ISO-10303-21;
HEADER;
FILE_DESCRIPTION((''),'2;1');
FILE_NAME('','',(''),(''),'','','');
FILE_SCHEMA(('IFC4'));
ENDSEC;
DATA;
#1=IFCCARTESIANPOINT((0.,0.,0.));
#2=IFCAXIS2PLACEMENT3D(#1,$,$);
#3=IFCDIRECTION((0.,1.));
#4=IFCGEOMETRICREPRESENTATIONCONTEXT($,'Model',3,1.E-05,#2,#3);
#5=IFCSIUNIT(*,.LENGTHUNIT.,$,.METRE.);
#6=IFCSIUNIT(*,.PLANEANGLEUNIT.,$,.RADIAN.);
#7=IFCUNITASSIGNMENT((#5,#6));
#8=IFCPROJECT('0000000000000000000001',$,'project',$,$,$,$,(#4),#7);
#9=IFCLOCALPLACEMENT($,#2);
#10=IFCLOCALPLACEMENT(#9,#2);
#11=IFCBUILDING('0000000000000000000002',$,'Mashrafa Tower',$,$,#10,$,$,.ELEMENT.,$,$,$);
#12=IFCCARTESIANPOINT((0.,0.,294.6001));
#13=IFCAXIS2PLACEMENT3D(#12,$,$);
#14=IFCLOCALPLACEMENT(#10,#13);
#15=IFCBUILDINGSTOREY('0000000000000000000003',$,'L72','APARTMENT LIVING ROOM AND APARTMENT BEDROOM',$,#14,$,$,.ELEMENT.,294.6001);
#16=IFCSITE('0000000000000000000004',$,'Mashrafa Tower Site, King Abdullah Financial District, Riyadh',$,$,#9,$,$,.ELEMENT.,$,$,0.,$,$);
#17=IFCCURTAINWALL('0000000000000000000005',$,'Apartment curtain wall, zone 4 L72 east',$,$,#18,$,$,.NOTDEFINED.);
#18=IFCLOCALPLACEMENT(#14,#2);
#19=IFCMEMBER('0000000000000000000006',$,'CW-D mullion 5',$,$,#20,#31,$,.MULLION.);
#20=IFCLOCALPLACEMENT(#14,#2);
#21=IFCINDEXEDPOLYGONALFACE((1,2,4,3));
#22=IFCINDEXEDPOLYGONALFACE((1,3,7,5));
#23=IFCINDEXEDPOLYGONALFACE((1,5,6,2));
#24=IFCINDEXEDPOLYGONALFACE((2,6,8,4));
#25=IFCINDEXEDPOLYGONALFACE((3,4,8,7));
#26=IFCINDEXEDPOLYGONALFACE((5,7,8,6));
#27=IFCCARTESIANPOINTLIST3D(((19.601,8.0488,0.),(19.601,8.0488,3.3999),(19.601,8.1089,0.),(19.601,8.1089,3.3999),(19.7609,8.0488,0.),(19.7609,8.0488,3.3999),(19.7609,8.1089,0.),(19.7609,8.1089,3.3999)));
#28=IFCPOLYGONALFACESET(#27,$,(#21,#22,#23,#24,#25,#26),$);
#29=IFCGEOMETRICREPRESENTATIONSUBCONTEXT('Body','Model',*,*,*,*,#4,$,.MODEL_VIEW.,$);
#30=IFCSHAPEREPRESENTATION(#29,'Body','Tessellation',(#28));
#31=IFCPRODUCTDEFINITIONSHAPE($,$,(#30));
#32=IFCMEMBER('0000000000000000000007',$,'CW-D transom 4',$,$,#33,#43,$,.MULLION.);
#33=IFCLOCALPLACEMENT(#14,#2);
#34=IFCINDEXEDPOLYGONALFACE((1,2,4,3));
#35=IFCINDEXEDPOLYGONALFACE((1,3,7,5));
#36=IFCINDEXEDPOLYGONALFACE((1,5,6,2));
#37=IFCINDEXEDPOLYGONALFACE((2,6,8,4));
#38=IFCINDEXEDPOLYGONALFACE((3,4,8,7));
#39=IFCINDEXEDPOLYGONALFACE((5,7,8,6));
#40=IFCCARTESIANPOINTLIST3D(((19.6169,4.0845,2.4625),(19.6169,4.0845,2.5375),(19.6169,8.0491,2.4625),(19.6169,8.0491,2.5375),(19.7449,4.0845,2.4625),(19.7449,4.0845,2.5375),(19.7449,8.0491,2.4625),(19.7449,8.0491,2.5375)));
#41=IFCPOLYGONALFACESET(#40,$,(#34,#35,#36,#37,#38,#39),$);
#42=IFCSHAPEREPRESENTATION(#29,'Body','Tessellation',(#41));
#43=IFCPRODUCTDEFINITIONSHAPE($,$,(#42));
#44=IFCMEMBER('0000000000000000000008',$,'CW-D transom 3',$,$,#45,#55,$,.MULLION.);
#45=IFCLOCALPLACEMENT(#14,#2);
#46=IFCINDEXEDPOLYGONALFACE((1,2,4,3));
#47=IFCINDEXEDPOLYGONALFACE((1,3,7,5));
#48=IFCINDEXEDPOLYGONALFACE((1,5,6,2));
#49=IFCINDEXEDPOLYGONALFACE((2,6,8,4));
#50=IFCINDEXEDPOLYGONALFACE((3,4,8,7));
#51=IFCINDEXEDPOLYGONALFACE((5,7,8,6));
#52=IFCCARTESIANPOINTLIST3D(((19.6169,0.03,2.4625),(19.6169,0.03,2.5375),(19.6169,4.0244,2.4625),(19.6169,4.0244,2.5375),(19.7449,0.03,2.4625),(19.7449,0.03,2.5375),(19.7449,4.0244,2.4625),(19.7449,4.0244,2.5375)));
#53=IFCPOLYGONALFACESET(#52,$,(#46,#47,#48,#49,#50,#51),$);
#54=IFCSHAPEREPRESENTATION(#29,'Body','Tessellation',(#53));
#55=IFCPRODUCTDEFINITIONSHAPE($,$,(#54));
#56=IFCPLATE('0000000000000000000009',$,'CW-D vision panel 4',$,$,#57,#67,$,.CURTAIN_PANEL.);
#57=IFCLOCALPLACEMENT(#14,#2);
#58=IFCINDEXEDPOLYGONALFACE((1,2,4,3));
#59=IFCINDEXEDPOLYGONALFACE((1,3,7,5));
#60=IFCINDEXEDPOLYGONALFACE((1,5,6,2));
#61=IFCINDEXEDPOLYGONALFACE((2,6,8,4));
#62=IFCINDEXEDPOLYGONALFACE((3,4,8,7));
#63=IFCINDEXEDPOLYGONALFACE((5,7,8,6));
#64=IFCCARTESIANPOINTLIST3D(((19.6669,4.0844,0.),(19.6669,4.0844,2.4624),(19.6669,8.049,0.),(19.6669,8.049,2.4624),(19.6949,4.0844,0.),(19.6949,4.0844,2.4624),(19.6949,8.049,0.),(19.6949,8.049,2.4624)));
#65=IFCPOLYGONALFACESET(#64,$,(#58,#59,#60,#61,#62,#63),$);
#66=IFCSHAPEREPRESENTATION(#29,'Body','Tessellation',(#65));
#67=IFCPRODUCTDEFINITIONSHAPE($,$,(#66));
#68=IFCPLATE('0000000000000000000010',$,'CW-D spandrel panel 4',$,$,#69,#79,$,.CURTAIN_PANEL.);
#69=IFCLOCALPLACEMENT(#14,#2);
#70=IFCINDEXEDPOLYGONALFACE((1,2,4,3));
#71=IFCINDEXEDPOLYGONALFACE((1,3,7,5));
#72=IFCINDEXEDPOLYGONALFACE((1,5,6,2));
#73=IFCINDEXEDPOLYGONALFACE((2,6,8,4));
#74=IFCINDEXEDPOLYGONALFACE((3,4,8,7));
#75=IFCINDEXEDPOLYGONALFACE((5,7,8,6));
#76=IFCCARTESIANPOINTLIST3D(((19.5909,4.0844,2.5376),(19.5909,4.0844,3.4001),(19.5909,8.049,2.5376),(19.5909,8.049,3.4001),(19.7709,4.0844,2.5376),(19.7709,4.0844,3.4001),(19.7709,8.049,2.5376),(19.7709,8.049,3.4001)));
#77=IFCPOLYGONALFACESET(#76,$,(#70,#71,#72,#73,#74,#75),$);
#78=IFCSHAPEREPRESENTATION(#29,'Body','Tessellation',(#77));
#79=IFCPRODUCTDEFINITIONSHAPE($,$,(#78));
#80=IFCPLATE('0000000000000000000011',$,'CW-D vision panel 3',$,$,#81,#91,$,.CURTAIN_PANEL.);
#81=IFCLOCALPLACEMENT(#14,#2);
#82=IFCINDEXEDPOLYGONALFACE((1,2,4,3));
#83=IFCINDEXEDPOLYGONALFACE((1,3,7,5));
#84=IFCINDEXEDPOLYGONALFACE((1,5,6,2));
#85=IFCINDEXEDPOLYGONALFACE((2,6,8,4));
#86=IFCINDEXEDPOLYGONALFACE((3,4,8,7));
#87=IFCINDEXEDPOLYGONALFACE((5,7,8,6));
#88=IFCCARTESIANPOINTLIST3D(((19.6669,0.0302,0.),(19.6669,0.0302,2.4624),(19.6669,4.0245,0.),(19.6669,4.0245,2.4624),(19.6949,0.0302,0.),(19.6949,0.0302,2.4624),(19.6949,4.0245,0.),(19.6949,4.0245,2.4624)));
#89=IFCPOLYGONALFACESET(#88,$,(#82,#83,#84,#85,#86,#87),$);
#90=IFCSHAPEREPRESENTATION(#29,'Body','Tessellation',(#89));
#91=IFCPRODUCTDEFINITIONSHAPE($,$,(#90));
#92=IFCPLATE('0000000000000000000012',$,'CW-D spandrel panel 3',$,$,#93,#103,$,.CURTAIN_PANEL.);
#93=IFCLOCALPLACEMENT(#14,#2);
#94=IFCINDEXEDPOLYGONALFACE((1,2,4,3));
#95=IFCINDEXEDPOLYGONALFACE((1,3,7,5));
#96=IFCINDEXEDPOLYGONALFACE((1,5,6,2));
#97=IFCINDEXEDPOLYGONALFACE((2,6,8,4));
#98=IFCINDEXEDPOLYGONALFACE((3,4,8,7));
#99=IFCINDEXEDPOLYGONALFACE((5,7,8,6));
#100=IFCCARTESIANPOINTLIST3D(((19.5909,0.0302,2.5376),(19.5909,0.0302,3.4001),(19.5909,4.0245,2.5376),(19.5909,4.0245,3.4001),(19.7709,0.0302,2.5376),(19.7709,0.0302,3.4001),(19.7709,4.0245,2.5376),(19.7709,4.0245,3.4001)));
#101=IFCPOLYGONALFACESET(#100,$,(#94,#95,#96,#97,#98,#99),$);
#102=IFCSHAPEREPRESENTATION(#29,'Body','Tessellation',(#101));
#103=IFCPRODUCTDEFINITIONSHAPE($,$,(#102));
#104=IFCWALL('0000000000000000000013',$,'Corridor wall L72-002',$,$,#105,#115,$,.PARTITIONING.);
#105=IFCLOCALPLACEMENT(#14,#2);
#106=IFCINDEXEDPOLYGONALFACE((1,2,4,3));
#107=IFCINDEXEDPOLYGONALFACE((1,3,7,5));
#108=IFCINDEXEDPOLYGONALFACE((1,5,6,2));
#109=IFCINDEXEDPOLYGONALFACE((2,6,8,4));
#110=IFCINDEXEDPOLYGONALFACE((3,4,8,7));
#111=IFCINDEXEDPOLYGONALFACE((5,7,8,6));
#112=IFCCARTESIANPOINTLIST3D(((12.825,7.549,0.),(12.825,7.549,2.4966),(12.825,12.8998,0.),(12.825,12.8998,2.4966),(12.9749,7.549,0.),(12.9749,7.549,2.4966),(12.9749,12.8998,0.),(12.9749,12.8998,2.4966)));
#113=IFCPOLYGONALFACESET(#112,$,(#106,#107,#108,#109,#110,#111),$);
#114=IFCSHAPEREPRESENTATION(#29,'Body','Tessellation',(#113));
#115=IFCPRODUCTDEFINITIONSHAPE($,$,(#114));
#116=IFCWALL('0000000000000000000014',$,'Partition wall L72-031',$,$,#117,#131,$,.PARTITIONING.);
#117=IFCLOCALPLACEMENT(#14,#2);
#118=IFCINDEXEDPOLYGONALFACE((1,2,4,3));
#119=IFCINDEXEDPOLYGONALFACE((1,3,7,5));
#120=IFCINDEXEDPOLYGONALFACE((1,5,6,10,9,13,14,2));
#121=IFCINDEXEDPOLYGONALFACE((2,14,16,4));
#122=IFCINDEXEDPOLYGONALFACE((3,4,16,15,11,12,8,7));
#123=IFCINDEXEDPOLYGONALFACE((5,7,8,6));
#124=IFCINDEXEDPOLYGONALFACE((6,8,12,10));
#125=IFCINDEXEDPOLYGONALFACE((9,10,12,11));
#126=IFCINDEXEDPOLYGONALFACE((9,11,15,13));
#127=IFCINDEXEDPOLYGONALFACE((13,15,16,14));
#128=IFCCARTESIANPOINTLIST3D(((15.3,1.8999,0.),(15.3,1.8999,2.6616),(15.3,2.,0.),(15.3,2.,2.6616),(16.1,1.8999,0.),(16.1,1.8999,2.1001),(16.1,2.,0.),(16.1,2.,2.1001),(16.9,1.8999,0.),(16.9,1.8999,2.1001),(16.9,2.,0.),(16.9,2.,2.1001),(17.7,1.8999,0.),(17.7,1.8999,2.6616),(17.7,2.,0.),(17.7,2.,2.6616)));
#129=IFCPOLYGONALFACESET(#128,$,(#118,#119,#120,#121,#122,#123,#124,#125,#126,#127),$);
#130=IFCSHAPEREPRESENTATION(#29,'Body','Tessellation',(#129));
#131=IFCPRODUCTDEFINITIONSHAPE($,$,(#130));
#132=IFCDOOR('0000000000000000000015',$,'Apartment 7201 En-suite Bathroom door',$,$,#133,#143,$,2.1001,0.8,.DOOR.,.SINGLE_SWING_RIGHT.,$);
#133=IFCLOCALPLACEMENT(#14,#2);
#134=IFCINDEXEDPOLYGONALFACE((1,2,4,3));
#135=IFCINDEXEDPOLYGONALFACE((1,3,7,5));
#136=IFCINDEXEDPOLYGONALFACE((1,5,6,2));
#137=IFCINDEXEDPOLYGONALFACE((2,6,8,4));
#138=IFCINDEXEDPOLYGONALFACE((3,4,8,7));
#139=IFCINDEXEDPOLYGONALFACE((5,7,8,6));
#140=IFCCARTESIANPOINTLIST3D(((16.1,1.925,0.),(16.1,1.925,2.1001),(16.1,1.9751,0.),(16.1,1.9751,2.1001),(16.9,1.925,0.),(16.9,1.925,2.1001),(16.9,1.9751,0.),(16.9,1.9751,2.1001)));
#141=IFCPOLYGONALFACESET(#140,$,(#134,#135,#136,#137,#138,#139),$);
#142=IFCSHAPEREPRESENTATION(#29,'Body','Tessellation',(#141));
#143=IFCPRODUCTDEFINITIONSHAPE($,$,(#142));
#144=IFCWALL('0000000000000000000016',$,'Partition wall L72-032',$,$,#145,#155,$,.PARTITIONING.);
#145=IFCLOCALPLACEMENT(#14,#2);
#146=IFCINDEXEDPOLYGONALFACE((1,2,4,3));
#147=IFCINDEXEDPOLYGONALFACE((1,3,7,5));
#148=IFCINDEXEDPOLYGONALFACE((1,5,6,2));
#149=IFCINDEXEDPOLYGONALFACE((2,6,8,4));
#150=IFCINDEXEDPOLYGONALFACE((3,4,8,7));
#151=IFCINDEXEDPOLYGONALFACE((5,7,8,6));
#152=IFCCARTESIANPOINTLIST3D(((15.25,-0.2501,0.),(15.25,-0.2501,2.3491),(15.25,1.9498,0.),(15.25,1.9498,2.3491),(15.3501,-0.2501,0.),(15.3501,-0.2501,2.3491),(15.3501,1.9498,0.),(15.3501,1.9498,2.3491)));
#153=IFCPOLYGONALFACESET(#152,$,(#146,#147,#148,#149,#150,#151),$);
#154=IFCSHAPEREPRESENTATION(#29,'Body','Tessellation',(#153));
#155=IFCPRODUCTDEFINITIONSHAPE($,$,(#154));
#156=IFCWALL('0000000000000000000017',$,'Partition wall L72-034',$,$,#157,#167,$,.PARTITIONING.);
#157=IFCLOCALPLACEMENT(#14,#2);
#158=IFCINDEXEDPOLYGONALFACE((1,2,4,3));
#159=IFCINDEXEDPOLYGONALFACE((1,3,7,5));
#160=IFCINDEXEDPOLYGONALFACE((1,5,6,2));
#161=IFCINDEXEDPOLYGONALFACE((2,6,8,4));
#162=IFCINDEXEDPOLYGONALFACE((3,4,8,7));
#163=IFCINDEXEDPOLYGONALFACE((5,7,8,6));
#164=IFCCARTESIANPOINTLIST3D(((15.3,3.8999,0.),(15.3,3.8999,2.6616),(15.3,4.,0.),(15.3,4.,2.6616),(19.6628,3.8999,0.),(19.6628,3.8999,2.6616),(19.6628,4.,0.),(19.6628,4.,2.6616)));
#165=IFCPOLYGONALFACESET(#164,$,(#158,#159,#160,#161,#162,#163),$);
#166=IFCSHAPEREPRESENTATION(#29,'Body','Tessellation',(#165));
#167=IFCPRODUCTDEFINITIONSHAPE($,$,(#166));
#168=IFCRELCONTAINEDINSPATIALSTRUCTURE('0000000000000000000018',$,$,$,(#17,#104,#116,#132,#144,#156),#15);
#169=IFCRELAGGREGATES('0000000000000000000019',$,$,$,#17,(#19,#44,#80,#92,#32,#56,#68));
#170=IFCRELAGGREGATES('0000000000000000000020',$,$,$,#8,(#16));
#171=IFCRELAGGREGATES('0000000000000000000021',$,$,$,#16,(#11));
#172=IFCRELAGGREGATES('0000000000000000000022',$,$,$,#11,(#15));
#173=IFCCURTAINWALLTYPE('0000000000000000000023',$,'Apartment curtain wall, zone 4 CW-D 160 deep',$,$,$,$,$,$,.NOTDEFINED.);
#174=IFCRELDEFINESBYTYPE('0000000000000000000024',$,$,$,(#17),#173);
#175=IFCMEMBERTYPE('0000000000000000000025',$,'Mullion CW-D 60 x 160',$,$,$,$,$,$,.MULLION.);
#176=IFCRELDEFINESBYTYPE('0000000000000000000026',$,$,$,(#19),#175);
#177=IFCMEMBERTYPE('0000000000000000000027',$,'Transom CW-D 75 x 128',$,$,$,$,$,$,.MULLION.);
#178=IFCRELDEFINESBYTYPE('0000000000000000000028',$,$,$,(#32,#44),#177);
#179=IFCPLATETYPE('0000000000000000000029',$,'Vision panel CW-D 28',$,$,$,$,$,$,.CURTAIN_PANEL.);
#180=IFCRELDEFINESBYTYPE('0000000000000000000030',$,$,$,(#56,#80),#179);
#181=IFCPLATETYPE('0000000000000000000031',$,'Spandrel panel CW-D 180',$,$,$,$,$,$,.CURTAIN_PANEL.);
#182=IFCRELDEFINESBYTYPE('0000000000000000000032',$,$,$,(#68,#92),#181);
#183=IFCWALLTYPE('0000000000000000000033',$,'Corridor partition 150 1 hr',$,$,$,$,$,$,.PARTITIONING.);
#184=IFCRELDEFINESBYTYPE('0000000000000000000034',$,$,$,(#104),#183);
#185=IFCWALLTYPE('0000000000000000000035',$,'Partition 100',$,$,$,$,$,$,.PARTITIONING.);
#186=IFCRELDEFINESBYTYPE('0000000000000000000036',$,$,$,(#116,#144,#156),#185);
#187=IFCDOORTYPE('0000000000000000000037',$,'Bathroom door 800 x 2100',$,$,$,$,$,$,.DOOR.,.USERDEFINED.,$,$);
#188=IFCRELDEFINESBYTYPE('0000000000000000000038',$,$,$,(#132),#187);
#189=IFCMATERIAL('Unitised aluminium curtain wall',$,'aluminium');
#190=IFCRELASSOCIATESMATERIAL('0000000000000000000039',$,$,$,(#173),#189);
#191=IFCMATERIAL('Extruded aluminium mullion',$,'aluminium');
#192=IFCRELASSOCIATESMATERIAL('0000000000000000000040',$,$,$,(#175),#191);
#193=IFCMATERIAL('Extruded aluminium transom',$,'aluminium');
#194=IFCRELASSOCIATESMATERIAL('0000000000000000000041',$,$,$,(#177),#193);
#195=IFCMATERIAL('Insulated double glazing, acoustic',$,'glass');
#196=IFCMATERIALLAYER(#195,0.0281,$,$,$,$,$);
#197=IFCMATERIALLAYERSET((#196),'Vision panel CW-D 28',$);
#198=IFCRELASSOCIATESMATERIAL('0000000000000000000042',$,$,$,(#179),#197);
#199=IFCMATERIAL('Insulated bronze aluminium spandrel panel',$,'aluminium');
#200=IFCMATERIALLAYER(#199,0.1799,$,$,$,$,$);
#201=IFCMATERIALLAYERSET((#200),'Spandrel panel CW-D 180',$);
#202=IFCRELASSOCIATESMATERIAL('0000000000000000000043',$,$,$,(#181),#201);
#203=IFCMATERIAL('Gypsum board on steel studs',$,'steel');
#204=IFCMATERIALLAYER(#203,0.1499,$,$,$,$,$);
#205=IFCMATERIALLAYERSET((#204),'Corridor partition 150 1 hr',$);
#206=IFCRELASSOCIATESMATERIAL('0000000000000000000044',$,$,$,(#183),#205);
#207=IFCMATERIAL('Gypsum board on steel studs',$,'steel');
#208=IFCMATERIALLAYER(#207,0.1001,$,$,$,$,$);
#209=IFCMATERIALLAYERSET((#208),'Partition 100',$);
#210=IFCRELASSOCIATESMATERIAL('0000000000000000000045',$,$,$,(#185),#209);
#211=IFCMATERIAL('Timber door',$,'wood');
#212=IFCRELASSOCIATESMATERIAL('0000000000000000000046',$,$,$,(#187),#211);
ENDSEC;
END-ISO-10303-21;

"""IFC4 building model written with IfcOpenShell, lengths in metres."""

from ifc_helpers import new_model, si_unit, direction, frame, frame_2d, origin, origin_2d, place, context, subcontext, project, spatial, rectangle, extrude, source, transform, mapped, material, layer, layer_set, material_profile, profile_set, type_object, type_shapes, element, fill, aggregate, save


model = new_model("IFC4")

# Units and contexts
model_context = context("Model", 3, precision=1e-05, world=origin(), true_north=direction((0.0, 1.0)))
body_context = subcontext(model_context, "Body", "Model", "MODEL_VIEW")
ifc_project = project(units=[si_unit("LENGTHUNIT", "METRE"), si_unit("PLANEANGLEUNIT", "RADIAN")], contexts=[model_context])

# Site, building, storey
site_placement = place(None, origin())
site = spatial("IfcSite", under=ifc_project, at=site_placement, Name="Mashrafa Tower Site, King Abdullah Financial District, Riyadh", CompositionType="ELEMENT", RefElevation=0.0)
building_placement = place(site_placement, origin())
building = spatial("IfcBuilding", under=site, at=building_placement, Name="Mashrafa Tower", CompositionType="ELEMENT")
storey_placement = place(building_placement, frame((0.0, 0.0, 294.6001)))
storey = spatial("IfcBuildingStorey", under=building, at=storey_placement, Name="L72", Description="APARTMENT LIVING ROOM AND APARTMENT BEDROOM", CompositionType="ELEMENT", Elevation=294.6001)

# Curtain wall, members, plates
ifc_material_1 = material(Name="Unitised aluminium curtain wall", Category="aluminium")
curtain_wall_type = type_object("IfcCurtainWallType", Name="Apartment curtain wall, zone 4 CW-D 160 deep", PredefinedType="NOTDEFINED", material=ifc_material_1)
curtain_wall_placement = place(storey_placement, origin())
curtain_wall = element("IfcCurtainWall", 1, at=curtain_wall_placement, inside=storey, type_object=curtain_wall_type, Name="Apartment curtain wall, zone 4 L72 east", PredefinedType="NOTDEFINED")
ifc_material_2 = material(Name="Extruded aluminium mullion", Category="aluminium")
ifc_material_profile_1 = material_profile(ifc_material_2, rectangle(XDim=0.1599, YDim=0.0601, at=origin_2d()), Name="Mullion 60x160")
ifc_profile_set_1 = profile_set([ifc_material_profile_1], Name="Extruded aluminium mullion")
member_type_1 = type_object("IfcMemberType", Name="Mullion CW-D 60 x 160", PredefinedType="MULLION", material=ifc_profile_set_1)
shared_shape_1 = source(origin(), body_context, "Body", "SweptSolid", [
    extrude(rectangle(XDim=0.1599, YDim=0.0601, at=origin_2d()), origin(), (0.0, 0.0, 1.0), 3.3999),
])
type_shapes(member_type_1, [shared_shape_1])
member_1_placement = place(storey_placement, frame((19.6809, 8.0789, 0.0), z_axis=(0.0, 0.0, 1.0), x_axis=(-1.0, 0.0, 0.0)))
member_1 = element("IfcMember", 2, at=member_1_placement, type_object=member_type_1, Name="CW-D mullion 5", PredefinedType="MULLION", context=body_context, shape_type="MappedRepresentation", body=[
    mapped(shared_shape_1, transform((0.0, 0.0, 0.0))),
])
ifc_material_3 = material(Name="Extruded aluminium transom", Category="aluminium")
ifc_material_profile_2 = material_profile(ifc_material_3, rectangle(XDim=0.1279, YDim=0.075, at=origin_2d()), Name="Transom 75x128")
ifc_profile_set_2 = profile_set([ifc_material_profile_2], Name="Extruded aluminium transom")
member_type_2 = type_object("IfcMemberType", Name="Transom CW-D 75 x 128", PredefinedType="MULLION", material=ifc_profile_set_2)
shared_shape_2 = source(origin(), body_context, "Body", "SweptSolid", [
    extrude(rectangle(XDim=0.1279, YDim=0.075, at=origin_2d()), origin(), (0.0, 0.0, 1.0), 3.9646),
])
member_2_placement = place(storey_placement, frame((19.6809, 4.0845, 2.5), z_axis=(0.0, 1.0, 0.0), x_axis=(-1.0, 0.0, 0.0)))
member_2 = element("IfcMember", 3, at=member_2_placement, type_object=member_type_2, Name="CW-D transom 4", PredefinedType="MULLION", context=body_context, shape_type="MappedRepresentation", body=[
    mapped(shared_shape_2, transform((0.0, 0.0, 0.0))),
])
shared_shape_3 = source(origin(), body_context, "Body", "SweptSolid", [
    extrude(rectangle(XDim=0.1279, YDim=0.075, at=origin_2d()), origin(), (0.0, 0.0, 1.0), 3.9944),
])
type_shapes(member_type_2, [shared_shape_2, shared_shape_3])
member_3_placement = place(storey_placement, frame((19.6809, 0.03, 2.5), z_axis=(0.0, 1.0, 0.0), x_axis=(-1.0, 0.0, 0.0)))
member_3 = element("IfcMember", 4, at=member_3_placement, type_object=member_type_2, Name="CW-D transom 3", PredefinedType="MULLION", context=body_context, shape_type="MappedRepresentation", body=[
    mapped(shared_shape_3, transform((0.0, 0.0, 0.0))),
])
ifc_material_4 = material(Name="Insulated double glazing, acoustic", Category="glass")
ifc_layer_1 = layer(ifc_material_4, 0.0281)
ifc_layer_set_1 = layer_set([ifc_layer_1], Name="Vision panel CW-D 28")
plate_type_1 = type_object("IfcPlateType", Name="Vision panel CW-D 28", PredefinedType="CURTAIN_PANEL", material=ifc_layer_set_1)
shared_shape_4 = source(origin(), body_context, "Body", "SweptSolid", [
    extrude(rectangle(XDim=3.9646, YDim=0.0281, at=origin_2d()), origin(), (0.0, 0.0, 1.0), 2.4624),
])
plate_1_placement = place(storey_placement, frame((19.6809, 6.0667, 0.0), z_axis=(0.0, 0.0, 1.0), x_axis=(0.0, 1.0, 0.0)))
plate_1 = element("IfcPlate", 5, at=plate_1_placement, type_object=plate_type_1, Name="CW-D vision panel 4", PredefinedType="CURTAIN_PANEL", context=body_context, shape_type="MappedRepresentation", body=[
    mapped(shared_shape_4, transform((0.0, 0.0, 0.0))),
])
ifc_material_5 = material(Name="Insulated bronze aluminium spandrel panel", Category="aluminium")
ifc_layer_2 = layer(ifc_material_5, 0.1799)
ifc_layer_set_2 = layer_set([ifc_layer_2], Name="Spandrel panel CW-D 180")
plate_type_2 = type_object("IfcPlateType", Name="Spandrel panel CW-D 180", PredefinedType="CURTAIN_PANEL", material=ifc_layer_set_2)
shared_shape_5 = source(origin(), body_context, "Body", "SweptSolid", [
    extrude(rectangle(XDim=3.9646, YDim=0.1799, at=origin_2d()), origin(), (0.0, 0.0, 1.0), 0.8625),
])
plate_2_placement = place(storey_placement, frame((19.6809, 6.0667, 2.5376), z_axis=(0.0, 0.0, 1.0), x_axis=(0.0, 1.0, 0.0)))
plate_2 = element("IfcPlate", 6, at=plate_2_placement, type_object=plate_type_2, Name="CW-D spandrel panel 4", PredefinedType="CURTAIN_PANEL", context=body_context, shape_type="MappedRepresentation", body=[
    mapped(shared_shape_5, transform((0.0, 0.0, 0.0))),
])
shared_shape_6 = source(origin(), body_context, "Body", "SweptSolid", [
    extrude(rectangle(XDim=3.9944, YDim=0.0281, at=origin_2d()), origin(), (0.0, 0.0, 1.0), 2.4624),
])
type_shapes(plate_type_1, [shared_shape_4, shared_shape_6])
plate_3_placement = place(storey_placement, frame((19.6809, 2.0273, 0.0), z_axis=(0.0, 0.0, 1.0), x_axis=(0.0, 1.0, 0.0)))
plate_3 = element("IfcPlate", 7, at=plate_3_placement, type_object=plate_type_1, Name="CW-D vision panel 3", PredefinedType="CURTAIN_PANEL", context=body_context, shape_type="MappedRepresentation", body=[
    mapped(shared_shape_6, transform((0.0, 0.0, 0.0))),
])
shared_shape_7 = source(origin(), body_context, "Body", "SweptSolid", [
    extrude(rectangle(XDim=3.9944, YDim=0.1799, at=origin_2d()), origin(), (0.0, 0.0, 1.0), 0.8625),
])
type_shapes(plate_type_2, [shared_shape_5, shared_shape_7])
plate_4_placement = place(storey_placement, frame((19.6809, 2.0273, 2.5376), z_axis=(0.0, 0.0, 1.0), x_axis=(0.0, 1.0, 0.0)))
plate_4 = element("IfcPlate", 8, at=plate_4_placement, type_object=plate_type_2, Name="CW-D spandrel panel 3", PredefinedType="CURTAIN_PANEL", context=body_context, shape_type="MappedRepresentation", body=[
    mapped(shared_shape_7, transform((0.0, 0.0, 0.0))),
])
aggregate(curtain_wall, [member_1, member_3, plate_3, plate_4, member_2, plate_1, plate_2])

# Wall
ifc_material_6 = material(Name="Gypsum board on steel studs", Category="steel")
ifc_layer_3 = layer(ifc_material_6, 0.1499)
ifc_layer_set_3 = layer_set([ifc_layer_3], Name="Corridor partition 150 1 hr")
wall_type_1 = type_object("IfcWallType", Name="Corridor partition 150 1 hr", PredefinedType="PARTITIONING", material=ifc_layer_set_3)
wall_1_placement = place(storey_placement, frame((12.8999, 7.5491, 0.0), z_axis=(0.0, 0.0, 1.0), x_axis=(0.0, 1.0, 0.0)))
element("IfcWall", 9, at=wall_1_placement, inside=storey, type_object=wall_type_1, Name="Corridor wall L72-002", PredefinedType="PARTITIONING", context=body_context, shape_type="SweptSolid", body=[
    extrude(rectangle(XDim=5.3508, YDim=0.1499, at=frame_2d((2.6753, 0.0))), origin(), (0.0, 0.0, 1.0), 2.4966),
])

# Wall, opening, door
ifc_material_7 = material(Name="Gypsum board on steel studs", Category="steel")
ifc_layer_4 = layer(ifc_material_7, 0.1001)
ifc_layer_set_4 = layer_set([ifc_layer_4], Name="Partition 100")
wall_type_2 = type_object("IfcWallType", Name="Partition 100", PredefinedType="PARTITIONING", material=ifc_layer_set_4)
wall_2_placement = place(storey_placement, frame((17.7, 1.95, 0.0), z_axis=(0.0, 0.0, 1.0), x_axis=(-1.0, 0.0, 0.0)))
wall_2 = element("IfcWall", 10, at=wall_2_placement, inside=storey, type_object=wall_type_2, Name="Partition wall L72-031", PredefinedType="PARTITIONING", context=body_context, shape_type="SweptSolid", body=[
    extrude(rectangle(XDim=2.3999, YDim=0.1001, at=frame_2d((1.2, 0.0))), origin(), (0.0, 0.0, 1.0), 2.6616),
])
opening_1_placement = place(wall_2_placement, frame((0.8, 0.0, 0.0)))
opening_1 = element("IfcOpeningElement", 11, at=opening_1_placement, cuts=wall_2, PredefinedType="OPENING", context=body_context, shape_type="SweptSolid", body=[
    extrude(rectangle(XDim=0.8, YDim=2.1001, at=frame_2d((0.3999, 1.05))), frame((0.0, 0.0601, 0.0), z_axis=(0.0, -1.0, 0.0), x_axis=(1.0, 0.0, 0.0)), (0.0, 0.0, 1.0), 0.1201),
])
ifc_material_8 = material(Name="Timber door", Category="wood")
door_type_1 = type_object("IfcDoorType", Name="Bathroom door 800 x 2100", OperationType="USERDEFINED", PredefinedType="DOOR", material=ifc_material_8)
door_1_placement = place(opening_1_placement, origin())
door_1 = element("IfcDoor", 12, at=door_1_placement, inside=storey, type_object=door_type_1, Name="Apartment 7201 En-suite Bathroom door", OperationType="SINGLE_SWING_RIGHT", OverallHeight=2.1001, OverallWidth=0.8, PredefinedType="DOOR", context=body_context, shape_type="SweptSolid", body=[
    extrude(rectangle(XDim=0.8, YDim=2.1001, at=frame_2d((0.3999, 1.05))), frame((0.0, 0.0249, 0.0), z_axis=(0.0, -1.0, 0.0), x_axis=(1.0, 0.0, 0.0)), (0.0, 0.0, 1.0), 0.05),
])
fill(opening_1, door_1)

# Walls
wall_3_placement = place(storey_placement, frame((15.3, 1.95, 0.0), z_axis=(0.0, 0.0, 1.0), x_axis=(0.0, -1.0, 0.0)))
element("IfcWall", 13, at=wall_3_placement, inside=storey, type_object=wall_type_2, Name="Partition wall L72-032", PredefinedType="PARTITIONING", context=body_context, shape_type="SweptSolid", body=[
    extrude(rectangle(XDim=2.2, YDim=0.1001, at=frame_2d((1.1001, 0.0))), origin(), (0.0, 0.0, 1.0), 2.3491),
])
wall_4_placement = place(storey_placement, frame((19.6628, 3.95, 0.0), z_axis=(0.0, 0.0, 1.0), x_axis=(-1.0, 0.0, 0.0)))
element("IfcWall", 14, at=wall_4_placement, inside=storey, type_object=wall_type_2, Name="Partition wall L72-034", PredefinedType="PARTITIONING", context=body_context, shape_type="SweptSolid", body=[
    extrude(rectangle(XDim=4.3628, YDim=0.1001, at=frame_2d((2.1814, 0.0))), origin(), (0.0, 0.0, 1.0), 2.6616),
])

save(model, "model.ifc")
